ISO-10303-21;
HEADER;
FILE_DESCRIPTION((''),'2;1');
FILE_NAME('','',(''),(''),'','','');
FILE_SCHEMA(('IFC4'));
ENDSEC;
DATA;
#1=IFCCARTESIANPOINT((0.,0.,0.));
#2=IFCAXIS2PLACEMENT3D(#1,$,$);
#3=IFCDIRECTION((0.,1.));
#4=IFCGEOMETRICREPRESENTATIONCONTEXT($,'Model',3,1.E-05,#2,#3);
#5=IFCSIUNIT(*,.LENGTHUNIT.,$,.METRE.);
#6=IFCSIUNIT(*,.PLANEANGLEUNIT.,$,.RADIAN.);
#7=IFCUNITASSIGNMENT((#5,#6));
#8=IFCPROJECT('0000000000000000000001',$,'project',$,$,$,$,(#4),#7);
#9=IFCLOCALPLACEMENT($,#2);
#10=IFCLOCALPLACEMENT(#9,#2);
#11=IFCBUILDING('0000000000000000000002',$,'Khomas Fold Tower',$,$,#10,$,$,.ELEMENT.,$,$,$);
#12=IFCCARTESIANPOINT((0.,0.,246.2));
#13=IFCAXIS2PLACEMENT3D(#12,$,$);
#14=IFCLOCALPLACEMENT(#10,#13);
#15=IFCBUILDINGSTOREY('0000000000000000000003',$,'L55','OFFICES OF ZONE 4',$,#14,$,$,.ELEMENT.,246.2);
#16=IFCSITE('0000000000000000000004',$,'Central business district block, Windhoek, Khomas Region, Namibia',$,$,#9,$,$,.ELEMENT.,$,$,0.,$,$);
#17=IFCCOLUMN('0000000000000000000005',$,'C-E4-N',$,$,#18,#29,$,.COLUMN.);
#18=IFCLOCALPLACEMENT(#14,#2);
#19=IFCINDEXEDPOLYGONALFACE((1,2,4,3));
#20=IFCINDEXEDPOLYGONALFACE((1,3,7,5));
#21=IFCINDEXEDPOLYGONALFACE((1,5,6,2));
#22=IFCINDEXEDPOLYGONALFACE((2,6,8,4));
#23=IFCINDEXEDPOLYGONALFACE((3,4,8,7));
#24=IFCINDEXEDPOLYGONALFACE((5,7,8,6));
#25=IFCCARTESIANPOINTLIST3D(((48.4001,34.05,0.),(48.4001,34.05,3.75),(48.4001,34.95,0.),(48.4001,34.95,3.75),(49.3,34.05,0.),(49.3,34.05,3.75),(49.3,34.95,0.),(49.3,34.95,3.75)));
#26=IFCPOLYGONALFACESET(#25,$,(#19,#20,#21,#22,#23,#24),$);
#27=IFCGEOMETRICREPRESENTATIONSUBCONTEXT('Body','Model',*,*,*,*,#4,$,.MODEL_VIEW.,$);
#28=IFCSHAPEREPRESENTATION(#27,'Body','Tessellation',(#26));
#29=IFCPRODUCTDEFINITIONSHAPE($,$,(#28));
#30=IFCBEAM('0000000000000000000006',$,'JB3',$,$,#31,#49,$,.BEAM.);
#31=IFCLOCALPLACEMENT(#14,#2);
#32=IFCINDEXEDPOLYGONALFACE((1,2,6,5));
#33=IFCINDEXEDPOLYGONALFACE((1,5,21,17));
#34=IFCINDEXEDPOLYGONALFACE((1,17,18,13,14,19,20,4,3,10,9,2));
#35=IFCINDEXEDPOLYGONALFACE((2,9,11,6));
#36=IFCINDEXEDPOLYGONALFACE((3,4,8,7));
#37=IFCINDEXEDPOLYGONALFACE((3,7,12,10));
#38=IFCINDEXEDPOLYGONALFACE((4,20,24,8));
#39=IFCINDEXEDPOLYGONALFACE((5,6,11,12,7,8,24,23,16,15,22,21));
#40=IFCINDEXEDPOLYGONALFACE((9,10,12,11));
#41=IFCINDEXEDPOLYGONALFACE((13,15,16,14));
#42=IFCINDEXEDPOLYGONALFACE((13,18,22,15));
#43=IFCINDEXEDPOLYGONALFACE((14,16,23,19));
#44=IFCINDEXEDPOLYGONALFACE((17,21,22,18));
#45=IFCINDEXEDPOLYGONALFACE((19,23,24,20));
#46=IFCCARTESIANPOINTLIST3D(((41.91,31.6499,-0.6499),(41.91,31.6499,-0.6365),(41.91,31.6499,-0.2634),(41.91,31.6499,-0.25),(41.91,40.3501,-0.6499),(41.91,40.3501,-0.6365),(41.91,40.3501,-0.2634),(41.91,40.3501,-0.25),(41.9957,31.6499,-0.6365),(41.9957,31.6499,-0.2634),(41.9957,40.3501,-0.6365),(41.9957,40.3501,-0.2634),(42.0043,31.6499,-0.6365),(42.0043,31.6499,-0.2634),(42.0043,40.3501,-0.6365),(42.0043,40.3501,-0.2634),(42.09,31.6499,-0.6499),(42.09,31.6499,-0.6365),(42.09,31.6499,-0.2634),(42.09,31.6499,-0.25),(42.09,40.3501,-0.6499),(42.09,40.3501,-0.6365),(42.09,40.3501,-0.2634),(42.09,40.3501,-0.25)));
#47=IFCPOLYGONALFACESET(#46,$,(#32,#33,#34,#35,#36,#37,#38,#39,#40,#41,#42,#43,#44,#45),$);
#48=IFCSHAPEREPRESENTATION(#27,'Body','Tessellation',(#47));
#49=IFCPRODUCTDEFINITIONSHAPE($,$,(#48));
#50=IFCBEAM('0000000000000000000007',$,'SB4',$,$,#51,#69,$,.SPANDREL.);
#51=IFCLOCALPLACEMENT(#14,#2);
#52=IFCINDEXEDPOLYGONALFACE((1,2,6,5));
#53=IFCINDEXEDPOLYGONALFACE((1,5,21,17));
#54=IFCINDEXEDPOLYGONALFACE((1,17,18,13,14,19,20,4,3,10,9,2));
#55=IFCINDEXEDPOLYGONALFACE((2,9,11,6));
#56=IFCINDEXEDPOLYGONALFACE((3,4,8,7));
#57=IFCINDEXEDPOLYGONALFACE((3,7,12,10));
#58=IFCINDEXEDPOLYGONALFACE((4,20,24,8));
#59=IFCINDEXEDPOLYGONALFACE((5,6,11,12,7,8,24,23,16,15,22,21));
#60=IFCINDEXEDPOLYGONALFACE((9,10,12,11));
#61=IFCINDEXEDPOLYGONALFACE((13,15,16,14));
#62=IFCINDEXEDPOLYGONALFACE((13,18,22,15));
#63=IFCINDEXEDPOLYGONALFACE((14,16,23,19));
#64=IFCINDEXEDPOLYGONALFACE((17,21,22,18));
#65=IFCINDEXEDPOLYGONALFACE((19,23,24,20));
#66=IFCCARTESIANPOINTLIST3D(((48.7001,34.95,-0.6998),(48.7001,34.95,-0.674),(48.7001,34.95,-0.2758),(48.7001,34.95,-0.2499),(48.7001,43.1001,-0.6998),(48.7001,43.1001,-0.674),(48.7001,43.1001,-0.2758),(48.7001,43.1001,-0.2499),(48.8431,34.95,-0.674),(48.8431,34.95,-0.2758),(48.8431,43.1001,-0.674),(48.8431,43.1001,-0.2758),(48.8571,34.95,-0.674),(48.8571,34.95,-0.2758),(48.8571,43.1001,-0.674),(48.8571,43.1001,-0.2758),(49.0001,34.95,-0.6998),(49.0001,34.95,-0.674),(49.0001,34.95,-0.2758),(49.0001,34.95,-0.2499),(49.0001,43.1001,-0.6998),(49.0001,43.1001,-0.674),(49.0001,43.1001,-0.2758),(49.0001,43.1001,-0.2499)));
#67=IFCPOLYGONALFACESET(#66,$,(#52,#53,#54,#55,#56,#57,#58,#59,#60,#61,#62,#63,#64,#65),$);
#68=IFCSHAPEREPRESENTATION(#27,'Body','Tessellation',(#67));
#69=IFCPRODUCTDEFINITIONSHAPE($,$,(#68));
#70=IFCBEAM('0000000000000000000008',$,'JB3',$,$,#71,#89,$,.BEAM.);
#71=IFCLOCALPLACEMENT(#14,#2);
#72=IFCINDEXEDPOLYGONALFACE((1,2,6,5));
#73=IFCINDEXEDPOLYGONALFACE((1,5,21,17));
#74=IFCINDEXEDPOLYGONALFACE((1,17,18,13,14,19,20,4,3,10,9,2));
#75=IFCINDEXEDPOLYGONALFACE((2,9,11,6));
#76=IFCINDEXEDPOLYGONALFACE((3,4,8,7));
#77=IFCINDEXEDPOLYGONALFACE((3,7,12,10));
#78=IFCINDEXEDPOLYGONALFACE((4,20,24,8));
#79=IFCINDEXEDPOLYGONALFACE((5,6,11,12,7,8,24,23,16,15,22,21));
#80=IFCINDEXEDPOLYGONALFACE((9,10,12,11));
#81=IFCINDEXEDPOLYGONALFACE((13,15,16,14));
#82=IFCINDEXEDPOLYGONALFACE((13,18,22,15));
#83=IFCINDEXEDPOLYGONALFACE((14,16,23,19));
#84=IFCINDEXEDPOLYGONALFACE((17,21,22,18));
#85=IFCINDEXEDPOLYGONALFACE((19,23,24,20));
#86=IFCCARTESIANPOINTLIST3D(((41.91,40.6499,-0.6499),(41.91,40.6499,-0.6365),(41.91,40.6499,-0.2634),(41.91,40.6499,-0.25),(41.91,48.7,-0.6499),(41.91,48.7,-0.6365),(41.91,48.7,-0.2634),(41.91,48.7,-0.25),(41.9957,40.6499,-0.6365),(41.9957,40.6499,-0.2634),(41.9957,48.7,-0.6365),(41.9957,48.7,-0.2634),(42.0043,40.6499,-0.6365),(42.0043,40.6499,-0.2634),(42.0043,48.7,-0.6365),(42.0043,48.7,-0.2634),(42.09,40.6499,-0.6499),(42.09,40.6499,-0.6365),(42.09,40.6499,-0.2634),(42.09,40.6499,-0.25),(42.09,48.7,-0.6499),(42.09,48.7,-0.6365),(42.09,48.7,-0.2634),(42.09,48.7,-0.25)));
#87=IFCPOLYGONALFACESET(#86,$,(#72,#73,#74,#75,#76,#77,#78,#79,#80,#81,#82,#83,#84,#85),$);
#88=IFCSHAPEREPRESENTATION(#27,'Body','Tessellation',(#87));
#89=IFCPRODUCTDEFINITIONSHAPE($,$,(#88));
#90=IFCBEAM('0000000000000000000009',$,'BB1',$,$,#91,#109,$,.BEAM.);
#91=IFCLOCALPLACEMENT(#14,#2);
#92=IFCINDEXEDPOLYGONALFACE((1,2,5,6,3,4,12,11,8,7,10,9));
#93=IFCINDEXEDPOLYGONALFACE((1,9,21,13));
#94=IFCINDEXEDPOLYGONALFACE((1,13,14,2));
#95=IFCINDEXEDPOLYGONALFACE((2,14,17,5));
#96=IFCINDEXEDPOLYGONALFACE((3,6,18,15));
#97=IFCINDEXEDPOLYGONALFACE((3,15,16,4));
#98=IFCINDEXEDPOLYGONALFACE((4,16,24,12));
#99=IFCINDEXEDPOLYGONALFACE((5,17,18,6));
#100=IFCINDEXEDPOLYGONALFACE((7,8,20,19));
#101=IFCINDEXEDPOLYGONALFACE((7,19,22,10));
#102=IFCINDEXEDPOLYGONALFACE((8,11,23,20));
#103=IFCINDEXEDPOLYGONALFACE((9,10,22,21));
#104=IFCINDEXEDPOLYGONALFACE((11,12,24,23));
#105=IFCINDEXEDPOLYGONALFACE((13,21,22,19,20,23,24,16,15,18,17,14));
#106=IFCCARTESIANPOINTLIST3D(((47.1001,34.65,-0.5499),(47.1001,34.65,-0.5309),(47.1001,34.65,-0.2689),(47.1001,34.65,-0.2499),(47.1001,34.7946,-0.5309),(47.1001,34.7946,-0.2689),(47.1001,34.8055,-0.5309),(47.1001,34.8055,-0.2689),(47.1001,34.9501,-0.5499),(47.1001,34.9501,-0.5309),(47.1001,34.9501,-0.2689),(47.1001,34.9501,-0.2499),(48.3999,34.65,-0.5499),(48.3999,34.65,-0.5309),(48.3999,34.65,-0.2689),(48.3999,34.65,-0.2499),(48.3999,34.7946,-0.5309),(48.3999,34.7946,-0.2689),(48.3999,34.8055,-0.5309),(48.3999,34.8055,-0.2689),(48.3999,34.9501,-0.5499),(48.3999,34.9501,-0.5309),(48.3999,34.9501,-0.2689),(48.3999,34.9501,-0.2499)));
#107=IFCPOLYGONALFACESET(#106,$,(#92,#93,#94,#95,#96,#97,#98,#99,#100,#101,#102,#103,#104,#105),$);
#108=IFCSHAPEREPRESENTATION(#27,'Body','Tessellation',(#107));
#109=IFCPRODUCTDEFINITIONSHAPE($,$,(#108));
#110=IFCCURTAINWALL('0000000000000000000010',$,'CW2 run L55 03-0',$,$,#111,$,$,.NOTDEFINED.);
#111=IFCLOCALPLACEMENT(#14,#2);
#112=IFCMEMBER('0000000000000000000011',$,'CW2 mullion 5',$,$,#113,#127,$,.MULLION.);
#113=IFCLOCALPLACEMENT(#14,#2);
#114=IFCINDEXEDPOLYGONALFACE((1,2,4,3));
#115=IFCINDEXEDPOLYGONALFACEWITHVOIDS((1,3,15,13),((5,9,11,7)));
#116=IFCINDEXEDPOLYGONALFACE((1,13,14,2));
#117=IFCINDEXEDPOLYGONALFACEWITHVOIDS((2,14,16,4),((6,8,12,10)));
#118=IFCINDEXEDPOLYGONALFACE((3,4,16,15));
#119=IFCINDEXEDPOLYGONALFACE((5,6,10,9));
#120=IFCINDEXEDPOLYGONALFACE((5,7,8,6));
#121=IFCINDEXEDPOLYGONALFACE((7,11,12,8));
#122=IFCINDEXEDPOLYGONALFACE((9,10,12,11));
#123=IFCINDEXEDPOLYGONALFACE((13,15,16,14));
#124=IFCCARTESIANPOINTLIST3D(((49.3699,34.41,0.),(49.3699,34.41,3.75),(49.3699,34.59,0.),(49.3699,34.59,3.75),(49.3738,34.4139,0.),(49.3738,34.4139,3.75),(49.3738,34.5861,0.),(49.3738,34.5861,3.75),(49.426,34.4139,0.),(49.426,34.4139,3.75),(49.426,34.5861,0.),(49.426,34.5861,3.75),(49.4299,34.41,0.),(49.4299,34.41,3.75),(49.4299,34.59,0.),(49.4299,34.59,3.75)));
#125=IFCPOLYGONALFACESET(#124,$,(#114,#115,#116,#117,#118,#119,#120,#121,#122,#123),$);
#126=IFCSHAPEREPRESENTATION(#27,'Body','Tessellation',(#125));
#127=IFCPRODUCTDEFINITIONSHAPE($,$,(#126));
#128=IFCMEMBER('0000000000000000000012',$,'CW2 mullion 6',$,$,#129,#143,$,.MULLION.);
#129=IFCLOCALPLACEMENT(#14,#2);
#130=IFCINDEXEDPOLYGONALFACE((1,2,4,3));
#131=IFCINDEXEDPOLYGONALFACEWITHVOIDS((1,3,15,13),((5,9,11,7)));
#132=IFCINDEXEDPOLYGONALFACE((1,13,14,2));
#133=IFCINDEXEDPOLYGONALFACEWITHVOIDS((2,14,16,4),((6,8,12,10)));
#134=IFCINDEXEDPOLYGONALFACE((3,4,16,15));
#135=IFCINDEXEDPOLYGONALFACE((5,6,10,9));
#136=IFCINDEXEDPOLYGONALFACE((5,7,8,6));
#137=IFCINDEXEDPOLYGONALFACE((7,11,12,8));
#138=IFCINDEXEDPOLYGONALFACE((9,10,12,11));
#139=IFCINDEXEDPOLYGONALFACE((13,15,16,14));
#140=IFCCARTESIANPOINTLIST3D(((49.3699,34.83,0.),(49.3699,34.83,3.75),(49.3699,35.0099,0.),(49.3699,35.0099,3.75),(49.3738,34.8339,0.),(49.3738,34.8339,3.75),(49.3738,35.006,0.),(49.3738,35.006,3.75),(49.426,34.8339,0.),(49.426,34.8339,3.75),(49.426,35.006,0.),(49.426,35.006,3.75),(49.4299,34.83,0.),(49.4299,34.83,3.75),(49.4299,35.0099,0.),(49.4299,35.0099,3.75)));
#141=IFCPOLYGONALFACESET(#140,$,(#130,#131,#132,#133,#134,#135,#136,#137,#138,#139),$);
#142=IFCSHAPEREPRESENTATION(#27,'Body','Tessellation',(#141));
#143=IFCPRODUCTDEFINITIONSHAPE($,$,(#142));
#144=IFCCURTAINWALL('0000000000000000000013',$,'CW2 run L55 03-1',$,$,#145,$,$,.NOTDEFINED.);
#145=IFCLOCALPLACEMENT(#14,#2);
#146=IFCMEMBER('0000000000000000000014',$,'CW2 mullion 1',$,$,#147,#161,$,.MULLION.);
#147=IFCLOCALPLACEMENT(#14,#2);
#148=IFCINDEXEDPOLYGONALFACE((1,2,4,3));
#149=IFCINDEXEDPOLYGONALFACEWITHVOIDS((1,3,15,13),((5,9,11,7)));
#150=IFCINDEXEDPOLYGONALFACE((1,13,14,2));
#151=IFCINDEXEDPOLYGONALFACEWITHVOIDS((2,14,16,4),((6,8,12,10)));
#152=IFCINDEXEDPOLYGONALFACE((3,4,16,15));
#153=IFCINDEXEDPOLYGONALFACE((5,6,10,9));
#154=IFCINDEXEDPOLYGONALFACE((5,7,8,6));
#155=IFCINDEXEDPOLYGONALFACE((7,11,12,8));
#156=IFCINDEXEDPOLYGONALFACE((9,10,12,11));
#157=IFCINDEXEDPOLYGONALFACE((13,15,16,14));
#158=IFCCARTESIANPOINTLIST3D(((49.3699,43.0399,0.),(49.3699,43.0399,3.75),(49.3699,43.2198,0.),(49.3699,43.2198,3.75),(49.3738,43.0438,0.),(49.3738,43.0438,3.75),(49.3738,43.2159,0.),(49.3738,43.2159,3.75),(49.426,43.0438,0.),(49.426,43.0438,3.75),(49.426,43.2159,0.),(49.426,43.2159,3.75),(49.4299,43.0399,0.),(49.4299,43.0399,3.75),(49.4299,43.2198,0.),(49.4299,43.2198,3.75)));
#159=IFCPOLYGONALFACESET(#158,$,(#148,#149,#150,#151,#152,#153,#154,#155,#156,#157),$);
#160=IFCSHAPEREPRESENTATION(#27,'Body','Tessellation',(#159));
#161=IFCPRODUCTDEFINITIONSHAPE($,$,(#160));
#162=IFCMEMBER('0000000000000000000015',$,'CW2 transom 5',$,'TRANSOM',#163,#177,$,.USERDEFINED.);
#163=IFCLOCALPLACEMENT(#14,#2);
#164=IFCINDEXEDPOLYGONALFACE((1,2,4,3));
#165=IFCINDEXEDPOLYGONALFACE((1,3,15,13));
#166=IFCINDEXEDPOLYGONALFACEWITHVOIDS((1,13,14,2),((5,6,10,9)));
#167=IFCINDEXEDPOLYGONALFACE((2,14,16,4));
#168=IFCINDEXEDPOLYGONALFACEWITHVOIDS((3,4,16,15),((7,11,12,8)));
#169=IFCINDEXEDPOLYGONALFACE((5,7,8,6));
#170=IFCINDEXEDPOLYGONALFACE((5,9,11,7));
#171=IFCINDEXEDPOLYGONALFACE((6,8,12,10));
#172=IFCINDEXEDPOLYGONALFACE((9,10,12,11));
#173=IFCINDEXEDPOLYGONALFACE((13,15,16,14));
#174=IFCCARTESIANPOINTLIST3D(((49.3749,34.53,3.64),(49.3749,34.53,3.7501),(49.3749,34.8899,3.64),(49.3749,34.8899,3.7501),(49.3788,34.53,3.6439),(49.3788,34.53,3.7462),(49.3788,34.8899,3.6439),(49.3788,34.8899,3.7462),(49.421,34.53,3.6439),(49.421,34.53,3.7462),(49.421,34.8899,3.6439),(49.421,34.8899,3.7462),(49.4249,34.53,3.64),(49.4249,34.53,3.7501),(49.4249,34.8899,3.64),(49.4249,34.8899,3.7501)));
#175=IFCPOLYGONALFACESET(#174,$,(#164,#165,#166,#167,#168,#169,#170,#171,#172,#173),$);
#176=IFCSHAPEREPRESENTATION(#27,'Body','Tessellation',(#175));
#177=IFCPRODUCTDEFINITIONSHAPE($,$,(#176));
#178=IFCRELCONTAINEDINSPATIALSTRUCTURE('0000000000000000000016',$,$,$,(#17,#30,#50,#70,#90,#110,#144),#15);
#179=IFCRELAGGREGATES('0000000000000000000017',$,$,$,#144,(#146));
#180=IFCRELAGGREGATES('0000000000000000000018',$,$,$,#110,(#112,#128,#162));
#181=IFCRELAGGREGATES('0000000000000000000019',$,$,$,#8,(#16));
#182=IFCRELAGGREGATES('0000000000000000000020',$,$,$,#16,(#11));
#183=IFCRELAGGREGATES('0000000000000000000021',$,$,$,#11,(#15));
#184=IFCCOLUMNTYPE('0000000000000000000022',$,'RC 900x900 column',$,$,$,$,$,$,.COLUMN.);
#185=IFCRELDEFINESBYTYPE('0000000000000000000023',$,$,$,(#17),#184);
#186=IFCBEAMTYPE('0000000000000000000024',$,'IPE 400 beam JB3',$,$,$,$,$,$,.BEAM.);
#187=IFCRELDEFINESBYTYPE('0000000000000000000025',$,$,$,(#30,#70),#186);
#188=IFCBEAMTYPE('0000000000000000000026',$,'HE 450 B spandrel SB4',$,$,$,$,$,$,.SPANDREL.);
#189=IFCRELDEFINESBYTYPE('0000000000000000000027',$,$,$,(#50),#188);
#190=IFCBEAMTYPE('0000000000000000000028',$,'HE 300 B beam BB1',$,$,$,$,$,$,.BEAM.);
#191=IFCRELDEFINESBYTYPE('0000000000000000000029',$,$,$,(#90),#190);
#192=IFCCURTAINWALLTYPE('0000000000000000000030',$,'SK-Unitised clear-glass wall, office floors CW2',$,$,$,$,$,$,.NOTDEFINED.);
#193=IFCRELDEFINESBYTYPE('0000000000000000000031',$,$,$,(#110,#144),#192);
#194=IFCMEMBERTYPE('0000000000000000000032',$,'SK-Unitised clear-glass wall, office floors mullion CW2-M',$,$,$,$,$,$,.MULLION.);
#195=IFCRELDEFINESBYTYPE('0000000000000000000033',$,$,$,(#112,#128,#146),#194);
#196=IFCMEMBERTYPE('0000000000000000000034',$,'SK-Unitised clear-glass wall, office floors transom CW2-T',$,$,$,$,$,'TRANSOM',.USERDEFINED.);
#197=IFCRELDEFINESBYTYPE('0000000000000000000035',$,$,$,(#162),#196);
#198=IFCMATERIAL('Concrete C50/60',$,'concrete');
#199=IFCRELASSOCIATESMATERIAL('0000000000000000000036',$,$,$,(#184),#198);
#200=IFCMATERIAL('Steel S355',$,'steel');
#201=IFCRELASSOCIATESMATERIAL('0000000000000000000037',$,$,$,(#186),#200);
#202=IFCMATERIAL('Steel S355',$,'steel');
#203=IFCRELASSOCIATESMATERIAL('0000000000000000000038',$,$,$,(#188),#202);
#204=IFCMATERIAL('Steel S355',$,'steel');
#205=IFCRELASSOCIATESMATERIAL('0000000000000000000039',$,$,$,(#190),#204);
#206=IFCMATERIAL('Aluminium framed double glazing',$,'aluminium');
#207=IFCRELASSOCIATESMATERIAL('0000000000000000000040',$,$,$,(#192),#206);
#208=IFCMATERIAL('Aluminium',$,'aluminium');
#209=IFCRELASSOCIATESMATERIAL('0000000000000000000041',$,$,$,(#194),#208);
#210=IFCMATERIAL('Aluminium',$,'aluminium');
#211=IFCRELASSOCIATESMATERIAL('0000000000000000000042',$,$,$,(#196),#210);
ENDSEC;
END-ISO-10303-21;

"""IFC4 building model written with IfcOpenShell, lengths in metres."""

from ifc_helpers import new_model, si_unit, direction, frame, origin, origin_2d, place, context, subcontext, project, spatial, rectangle, hollow_rectangle, i_section, extrude, source, transform, mapped, material, material_profile, profile_set, type_object, element, aggregate, save


model = new_model("IFC4")

# Units and contexts
model_context = context("Model", 3, precision=1e-05, world=origin(), true_north=direction((0.0, 1.0)))
body_context = subcontext(model_context, "Body", "Model", "MODEL_VIEW")
ifc_project = project(units=[si_unit("LENGTHUNIT", "METRE"), si_unit("PLANEANGLEUNIT", "RADIAN")], contexts=[model_context])

# Site, building, storey
site_placement = place(None, origin())
site = spatial("IfcSite", under=ifc_project, at=site_placement, Name="Central business district block, Windhoek, Khomas Region, Namibia", CompositionType="ELEMENT", RefElevation=0.0)
building_placement = place(site_placement, origin())
building = spatial("IfcBuilding", under=site, at=building_placement, Name="Khomas Fold Tower", CompositionType="ELEMENT")
storey_placement = place(building_placement, frame((0.0, 0.0, 246.2)))
storey = spatial("IfcBuildingStorey", under=building, at=storey_placement, Name="L55", Description="OFFICES OF ZONE 4", CompositionType="ELEMENT", Elevation=246.2)

# Column
ifc_material_1 = material(Name="Concrete C50/60", Category="concrete")
ifc_material_profile_1 = material_profile(ifc_material_1, rectangle(XDim=0.8999, YDim=0.8999, at=origin_2d()), Name="RC 900x900")
ifc_profile_set_1 = profile_set([ifc_material_profile_1], Name="Concrete C50/60")
column_type = type_object("IfcColumnType", Name="RC 900x900 column", PredefinedType="COLUMN", material=ifc_profile_set_1)
shared_shape_1 = source(origin(), body_context, "Body", "SweptSolid", [
    extrude(rectangle(XDim=0.8999, YDim=0.8999, at=origin_2d()), origin(), (0.0, 0.0, 1.0), 3.75),
])
column_placement = place(storey_placement, frame((48.8501, 34.5, 0.0), z_axis=(0.0, 0.0, 1.0), x_axis=(1.0, 0.0, 0.0)))
element("IfcColumn", 1, at=column_placement, inside=storey, type_object=column_type, Name="C-E4-N", PredefinedType="COLUMN", context=body_context, shape_type="MappedRepresentation", body=[
    mapped(shared_shape_1, transform((0.0, 0.0, 0.0))),
])

# Beams
ifc_material_2 = material(Name="Steel S355", Category="steel")
ifc_material_profile_2 = material_profile(ifc_material_2, i_section(OverallWidth=0.1799, OverallDepth=0.3999, WebThickness=0.0085, FlangeThickness=0.0134, at=origin_2d()), Name="IPE 400")
ifc_profile_set_2 = profile_set([ifc_material_profile_2], Name="Steel S355")
beam_type_1 = type_object("IfcBeamType", Name="IPE 400 beam JB3", PredefinedType="BEAM", material=ifc_profile_set_2)
shared_shape_2 = source(origin(), body_context, "Body", "SweptSolid", [
    extrude(i_section(OverallWidth=0.1799, OverallDepth=0.3999, WebThickness=0.0085, FlangeThickness=0.0134, at=origin_2d()), origin(), (0.0, 0.0, 1.0), 8.7002),
])
beam_1_placement = place(storey_placement, frame((42.0, 31.6499, -0.45), z_axis=(0.0, 1.0, 0.0), x_axis=(-1.0, 0.0, 0.0)))
element("IfcBeam", 2, at=beam_1_placement, inside=storey, type_object=beam_type_1, Name="JB3", PredefinedType="BEAM", context=body_context, shape_type="MappedRepresentation", body=[
    mapped(shared_shape_2, transform((0.0, 0.0, 0.0))),
])
ifc_material_3 = material(Name="Steel S355", Category="steel")
ifc_material_profile_3 = material_profile(ifc_material_3, i_section(OverallWidth=0.3, OverallDepth=0.45, WebThickness=0.0139, FlangeThickness=0.0259, at=origin_2d()), Name="HE 450 B")
ifc_profile_set_3 = profile_set([ifc_material_profile_3], Name="Steel S355")
beam_type_2 = type_object("IfcBeamType", Name="HE 450 B spandrel SB4", PredefinedType="SPANDREL", material=ifc_profile_set_3)
shared_shape_3 = source(origin(), body_context, "Body", "SweptSolid", [
    extrude(i_section(OverallWidth=0.3, OverallDepth=0.45, WebThickness=0.0139, FlangeThickness=0.0259, at=origin_2d()), origin(), (0.0, 0.0, 1.0), 8.1501),
])
beam_2_placement = place(storey_placement, frame((48.8501, 34.95, -0.4749), z_axis=(0.0, 1.0, 0.0), x_axis=(-1.0, 0.0, 0.0)))
element("IfcBeam", 3, at=beam_2_placement, inside=storey, type_object=beam_type_2, Name="SB4", PredefinedType="SPANDREL", context=body_context, shape_type="MappedRepresentation", body=[
    mapped(shared_shape_3, transform((0.0, 0.0, 0.0))),
])
shared_shape_4 = source(origin(), body_context, "Body", "SweptSolid", [
    extrude(i_section(OverallWidth=0.1799, OverallDepth=0.3999, WebThickness=0.0085, FlangeThickness=0.0134, at=origin_2d()), origin(), (0.0, 0.0, 1.0), 8.05),
])
beam_3_placement = place(storey_placement, frame((42.0, 40.6499, -0.45), z_axis=(0.0, 1.0, 0.0), x_axis=(-1.0, 0.0, 0.0)))
element("IfcBeam", 4, at=beam_3_placement, inside=storey, type_object=beam_type_1, Name="JB3", PredefinedType="BEAM", context=body_context, shape_type="MappedRepresentation", body=[
    mapped(shared_shape_4, transform((0.0, 0.0, 0.0))),
])
ifc_material_4 = material(Name="Steel S355", Category="steel")
ifc_material_profile_4 = material_profile(ifc_material_4, i_section(OverallWidth=0.3, OverallDepth=0.3, WebThickness=0.011, FlangeThickness=0.019, at=origin_2d()), Name="HE 300 B")
ifc_profile_set_4 = profile_set([ifc_material_profile_4], Name="Steel S355")
beam_type_3 = type_object("IfcBeamType", Name="HE 300 B beam BB1", PredefinedType="BEAM", material=ifc_profile_set_4)
shared_shape_5 = source(origin(), body_context, "Body", "SweptSolid", [
    extrude(i_section(OverallWidth=0.3, OverallDepth=0.3, WebThickness=0.011, FlangeThickness=0.019, at=origin_2d()), origin(), (0.0, 0.0, 1.0), 1.2998),
])
beam_4_placement = place(storey_placement, frame((47.1001, 34.8, -0.3999), z_axis=(1.0, 0.0, 0.0), x_axis=(0.0, 1.0, 0.0)))
element("IfcBeam", 5, at=beam_4_placement, inside=storey, type_object=beam_type_3, Name="BB1", PredefinedType="BEAM", context=body_context, shape_type="MappedRepresentation", body=[
    mapped(shared_shape_5, transform((0.0, 0.0, 0.0))),
])

# Curtain wall, members
ifc_material_5 = material(Name="Aluminium framed double glazing", Category="aluminium")
curtain_wall_type = type_object("IfcCurtainWallType", Name="SK-Unitised clear-glass wall, office floors CW2", PredefinedType="NOTDEFINED", material=ifc_material_5)
curtain_wall_1_placement = place(storey_placement, origin())
curtain_wall_1 = element("IfcCurtainWall", 6, at=curtain_wall_1_placement, inside=storey, type_object=curtain_wall_type, Name="CW2 run L55 03-0", PredefinedType="NOTDEFINED")
ifc_material_6 = material(Name="Aluminium", Category="aluminium")
ifc_material_profile_5 = material_profile(ifc_material_6, hollow_rectangle(XDim=0.0601, YDim=0.1799, WallThickness=0.0039, at=origin_2d()), Name="SK-Unitised clear-glass wall, office floors mullion CW2-M")
ifc_profile_set_5 = profile_set([ifc_material_profile_5], Name="Aluminium")
member_type_1 = type_object("IfcMemberType", Name="SK-Unitised clear-glass wall, office floors mullion CW2-M", PredefinedType="MULLION", material=ifc_profile_set_5)
shared_shape_6 = source(origin(), body_context, "Body", "SweptSolid", [
    extrude(hollow_rectangle(XDim=0.0601, YDim=0.1799, WallThickness=0.0039, at=origin_2d()), origin(), (0.0, 0.0, 1.0), 3.75),
])
member_1_placement = place(storey_placement, frame((49.3999, 34.5, 0.0), z_axis=(0.0, 0.0, 1.0), x_axis=(-1.0, 0.0, 0.0)))
member_1 = element("IfcMember", 7, at=member_1_placement, type_object=member_type_1, Name="CW2 mullion 5", PredefinedType="MULLION", context=body_context, shape_type="MappedRepresentation", body=[
    mapped(shared_shape_6, transform((0.0, 0.0, 0.0))),
])
member_2_placement = place(storey_placement, frame((49.3999, 34.9199, 0.0), z_axis=(0.0, 0.0, 1.0), x_axis=(-1.0, 0.0, 0.0)))
member_2 = element("IfcMember", 8, at=member_2_placement, type_object=member_type_1, Name="CW2 mullion 6", PredefinedType="MULLION", context=body_context, shape_type="MappedRepresentation", body=[
    mapped(shared_shape_6, transform((0.0, 0.0, 0.0))),
])

# Curtain wall, member
curtain_wall_2_placement = place(storey_placement, origin())
curtain_wall_2 = element("IfcCurtainWall", 9, at=curtain_wall_2_placement, inside=storey, type_object=curtain_wall_type, Name="CW2 run L55 03-1", PredefinedType="NOTDEFINED")
member_3_placement = place(storey_placement, frame((49.3999, 43.1299, 0.0), z_axis=(0.0, 0.0, 1.0), x_axis=(-1.0, 0.0, 0.0)))
member_3 = element("IfcMember", 10, at=member_3_placement, type_object=member_type_1, Name="CW2 mullion 1", PredefinedType="MULLION", context=body_context, shape_type="MappedRepresentation", body=[
    mapped(shared_shape_6, transform((0.0, 0.0, 0.0))),
])

# Member
ifc_material_7 = material(Name="Aluminium", Category="aluminium")
ifc_material_profile_6 = material_profile(ifc_material_7, hollow_rectangle(XDim=0.05, YDim=0.1101, WallThickness=0.0039, at=origin_2d()), Name="SK-Unitised clear-glass wall, office floors transom CW2-T")
ifc_profile_set_6 = profile_set([ifc_material_profile_6], Name="Aluminium")
member_type_2 = type_object("IfcMemberType", Name="SK-Unitised clear-glass wall, office floors transom CW2-T", ElementType="TRANSOM", PredefinedType="USERDEFINED", material=ifc_profile_set_6)
shared_shape_7 = source(origin(), body_context, "Body", "SweptSolid", [
    extrude(hollow_rectangle(XDim=0.05, YDim=0.1101, WallThickness=0.0039, at=origin_2d()), origin(), (0.0, 0.0, 1.0), 0.3599),
])
member_4_placement = place(storey_placement, frame((49.3999, 34.53, 3.6951), z_axis=(0.0, 1.0, 0.0), x_axis=(-1.0, 0.0, 0.0)))
member_4 = element("IfcMember", 11, at=member_4_placement, type_object=member_type_2, Name="CW2 transom 5", ObjectType="TRANSOM", PredefinedType="USERDEFINED", context=body_context, shape_type="MappedRepresentation", body=[
    mapped(shared_shape_7, transform((0.0, 0.0, 0.0))),
])
aggregate(curtain_wall_2, [member_3])

aggregate(curtain_wall_1, [member_1, member_2, member_4])

save(model, "model.ifc")
